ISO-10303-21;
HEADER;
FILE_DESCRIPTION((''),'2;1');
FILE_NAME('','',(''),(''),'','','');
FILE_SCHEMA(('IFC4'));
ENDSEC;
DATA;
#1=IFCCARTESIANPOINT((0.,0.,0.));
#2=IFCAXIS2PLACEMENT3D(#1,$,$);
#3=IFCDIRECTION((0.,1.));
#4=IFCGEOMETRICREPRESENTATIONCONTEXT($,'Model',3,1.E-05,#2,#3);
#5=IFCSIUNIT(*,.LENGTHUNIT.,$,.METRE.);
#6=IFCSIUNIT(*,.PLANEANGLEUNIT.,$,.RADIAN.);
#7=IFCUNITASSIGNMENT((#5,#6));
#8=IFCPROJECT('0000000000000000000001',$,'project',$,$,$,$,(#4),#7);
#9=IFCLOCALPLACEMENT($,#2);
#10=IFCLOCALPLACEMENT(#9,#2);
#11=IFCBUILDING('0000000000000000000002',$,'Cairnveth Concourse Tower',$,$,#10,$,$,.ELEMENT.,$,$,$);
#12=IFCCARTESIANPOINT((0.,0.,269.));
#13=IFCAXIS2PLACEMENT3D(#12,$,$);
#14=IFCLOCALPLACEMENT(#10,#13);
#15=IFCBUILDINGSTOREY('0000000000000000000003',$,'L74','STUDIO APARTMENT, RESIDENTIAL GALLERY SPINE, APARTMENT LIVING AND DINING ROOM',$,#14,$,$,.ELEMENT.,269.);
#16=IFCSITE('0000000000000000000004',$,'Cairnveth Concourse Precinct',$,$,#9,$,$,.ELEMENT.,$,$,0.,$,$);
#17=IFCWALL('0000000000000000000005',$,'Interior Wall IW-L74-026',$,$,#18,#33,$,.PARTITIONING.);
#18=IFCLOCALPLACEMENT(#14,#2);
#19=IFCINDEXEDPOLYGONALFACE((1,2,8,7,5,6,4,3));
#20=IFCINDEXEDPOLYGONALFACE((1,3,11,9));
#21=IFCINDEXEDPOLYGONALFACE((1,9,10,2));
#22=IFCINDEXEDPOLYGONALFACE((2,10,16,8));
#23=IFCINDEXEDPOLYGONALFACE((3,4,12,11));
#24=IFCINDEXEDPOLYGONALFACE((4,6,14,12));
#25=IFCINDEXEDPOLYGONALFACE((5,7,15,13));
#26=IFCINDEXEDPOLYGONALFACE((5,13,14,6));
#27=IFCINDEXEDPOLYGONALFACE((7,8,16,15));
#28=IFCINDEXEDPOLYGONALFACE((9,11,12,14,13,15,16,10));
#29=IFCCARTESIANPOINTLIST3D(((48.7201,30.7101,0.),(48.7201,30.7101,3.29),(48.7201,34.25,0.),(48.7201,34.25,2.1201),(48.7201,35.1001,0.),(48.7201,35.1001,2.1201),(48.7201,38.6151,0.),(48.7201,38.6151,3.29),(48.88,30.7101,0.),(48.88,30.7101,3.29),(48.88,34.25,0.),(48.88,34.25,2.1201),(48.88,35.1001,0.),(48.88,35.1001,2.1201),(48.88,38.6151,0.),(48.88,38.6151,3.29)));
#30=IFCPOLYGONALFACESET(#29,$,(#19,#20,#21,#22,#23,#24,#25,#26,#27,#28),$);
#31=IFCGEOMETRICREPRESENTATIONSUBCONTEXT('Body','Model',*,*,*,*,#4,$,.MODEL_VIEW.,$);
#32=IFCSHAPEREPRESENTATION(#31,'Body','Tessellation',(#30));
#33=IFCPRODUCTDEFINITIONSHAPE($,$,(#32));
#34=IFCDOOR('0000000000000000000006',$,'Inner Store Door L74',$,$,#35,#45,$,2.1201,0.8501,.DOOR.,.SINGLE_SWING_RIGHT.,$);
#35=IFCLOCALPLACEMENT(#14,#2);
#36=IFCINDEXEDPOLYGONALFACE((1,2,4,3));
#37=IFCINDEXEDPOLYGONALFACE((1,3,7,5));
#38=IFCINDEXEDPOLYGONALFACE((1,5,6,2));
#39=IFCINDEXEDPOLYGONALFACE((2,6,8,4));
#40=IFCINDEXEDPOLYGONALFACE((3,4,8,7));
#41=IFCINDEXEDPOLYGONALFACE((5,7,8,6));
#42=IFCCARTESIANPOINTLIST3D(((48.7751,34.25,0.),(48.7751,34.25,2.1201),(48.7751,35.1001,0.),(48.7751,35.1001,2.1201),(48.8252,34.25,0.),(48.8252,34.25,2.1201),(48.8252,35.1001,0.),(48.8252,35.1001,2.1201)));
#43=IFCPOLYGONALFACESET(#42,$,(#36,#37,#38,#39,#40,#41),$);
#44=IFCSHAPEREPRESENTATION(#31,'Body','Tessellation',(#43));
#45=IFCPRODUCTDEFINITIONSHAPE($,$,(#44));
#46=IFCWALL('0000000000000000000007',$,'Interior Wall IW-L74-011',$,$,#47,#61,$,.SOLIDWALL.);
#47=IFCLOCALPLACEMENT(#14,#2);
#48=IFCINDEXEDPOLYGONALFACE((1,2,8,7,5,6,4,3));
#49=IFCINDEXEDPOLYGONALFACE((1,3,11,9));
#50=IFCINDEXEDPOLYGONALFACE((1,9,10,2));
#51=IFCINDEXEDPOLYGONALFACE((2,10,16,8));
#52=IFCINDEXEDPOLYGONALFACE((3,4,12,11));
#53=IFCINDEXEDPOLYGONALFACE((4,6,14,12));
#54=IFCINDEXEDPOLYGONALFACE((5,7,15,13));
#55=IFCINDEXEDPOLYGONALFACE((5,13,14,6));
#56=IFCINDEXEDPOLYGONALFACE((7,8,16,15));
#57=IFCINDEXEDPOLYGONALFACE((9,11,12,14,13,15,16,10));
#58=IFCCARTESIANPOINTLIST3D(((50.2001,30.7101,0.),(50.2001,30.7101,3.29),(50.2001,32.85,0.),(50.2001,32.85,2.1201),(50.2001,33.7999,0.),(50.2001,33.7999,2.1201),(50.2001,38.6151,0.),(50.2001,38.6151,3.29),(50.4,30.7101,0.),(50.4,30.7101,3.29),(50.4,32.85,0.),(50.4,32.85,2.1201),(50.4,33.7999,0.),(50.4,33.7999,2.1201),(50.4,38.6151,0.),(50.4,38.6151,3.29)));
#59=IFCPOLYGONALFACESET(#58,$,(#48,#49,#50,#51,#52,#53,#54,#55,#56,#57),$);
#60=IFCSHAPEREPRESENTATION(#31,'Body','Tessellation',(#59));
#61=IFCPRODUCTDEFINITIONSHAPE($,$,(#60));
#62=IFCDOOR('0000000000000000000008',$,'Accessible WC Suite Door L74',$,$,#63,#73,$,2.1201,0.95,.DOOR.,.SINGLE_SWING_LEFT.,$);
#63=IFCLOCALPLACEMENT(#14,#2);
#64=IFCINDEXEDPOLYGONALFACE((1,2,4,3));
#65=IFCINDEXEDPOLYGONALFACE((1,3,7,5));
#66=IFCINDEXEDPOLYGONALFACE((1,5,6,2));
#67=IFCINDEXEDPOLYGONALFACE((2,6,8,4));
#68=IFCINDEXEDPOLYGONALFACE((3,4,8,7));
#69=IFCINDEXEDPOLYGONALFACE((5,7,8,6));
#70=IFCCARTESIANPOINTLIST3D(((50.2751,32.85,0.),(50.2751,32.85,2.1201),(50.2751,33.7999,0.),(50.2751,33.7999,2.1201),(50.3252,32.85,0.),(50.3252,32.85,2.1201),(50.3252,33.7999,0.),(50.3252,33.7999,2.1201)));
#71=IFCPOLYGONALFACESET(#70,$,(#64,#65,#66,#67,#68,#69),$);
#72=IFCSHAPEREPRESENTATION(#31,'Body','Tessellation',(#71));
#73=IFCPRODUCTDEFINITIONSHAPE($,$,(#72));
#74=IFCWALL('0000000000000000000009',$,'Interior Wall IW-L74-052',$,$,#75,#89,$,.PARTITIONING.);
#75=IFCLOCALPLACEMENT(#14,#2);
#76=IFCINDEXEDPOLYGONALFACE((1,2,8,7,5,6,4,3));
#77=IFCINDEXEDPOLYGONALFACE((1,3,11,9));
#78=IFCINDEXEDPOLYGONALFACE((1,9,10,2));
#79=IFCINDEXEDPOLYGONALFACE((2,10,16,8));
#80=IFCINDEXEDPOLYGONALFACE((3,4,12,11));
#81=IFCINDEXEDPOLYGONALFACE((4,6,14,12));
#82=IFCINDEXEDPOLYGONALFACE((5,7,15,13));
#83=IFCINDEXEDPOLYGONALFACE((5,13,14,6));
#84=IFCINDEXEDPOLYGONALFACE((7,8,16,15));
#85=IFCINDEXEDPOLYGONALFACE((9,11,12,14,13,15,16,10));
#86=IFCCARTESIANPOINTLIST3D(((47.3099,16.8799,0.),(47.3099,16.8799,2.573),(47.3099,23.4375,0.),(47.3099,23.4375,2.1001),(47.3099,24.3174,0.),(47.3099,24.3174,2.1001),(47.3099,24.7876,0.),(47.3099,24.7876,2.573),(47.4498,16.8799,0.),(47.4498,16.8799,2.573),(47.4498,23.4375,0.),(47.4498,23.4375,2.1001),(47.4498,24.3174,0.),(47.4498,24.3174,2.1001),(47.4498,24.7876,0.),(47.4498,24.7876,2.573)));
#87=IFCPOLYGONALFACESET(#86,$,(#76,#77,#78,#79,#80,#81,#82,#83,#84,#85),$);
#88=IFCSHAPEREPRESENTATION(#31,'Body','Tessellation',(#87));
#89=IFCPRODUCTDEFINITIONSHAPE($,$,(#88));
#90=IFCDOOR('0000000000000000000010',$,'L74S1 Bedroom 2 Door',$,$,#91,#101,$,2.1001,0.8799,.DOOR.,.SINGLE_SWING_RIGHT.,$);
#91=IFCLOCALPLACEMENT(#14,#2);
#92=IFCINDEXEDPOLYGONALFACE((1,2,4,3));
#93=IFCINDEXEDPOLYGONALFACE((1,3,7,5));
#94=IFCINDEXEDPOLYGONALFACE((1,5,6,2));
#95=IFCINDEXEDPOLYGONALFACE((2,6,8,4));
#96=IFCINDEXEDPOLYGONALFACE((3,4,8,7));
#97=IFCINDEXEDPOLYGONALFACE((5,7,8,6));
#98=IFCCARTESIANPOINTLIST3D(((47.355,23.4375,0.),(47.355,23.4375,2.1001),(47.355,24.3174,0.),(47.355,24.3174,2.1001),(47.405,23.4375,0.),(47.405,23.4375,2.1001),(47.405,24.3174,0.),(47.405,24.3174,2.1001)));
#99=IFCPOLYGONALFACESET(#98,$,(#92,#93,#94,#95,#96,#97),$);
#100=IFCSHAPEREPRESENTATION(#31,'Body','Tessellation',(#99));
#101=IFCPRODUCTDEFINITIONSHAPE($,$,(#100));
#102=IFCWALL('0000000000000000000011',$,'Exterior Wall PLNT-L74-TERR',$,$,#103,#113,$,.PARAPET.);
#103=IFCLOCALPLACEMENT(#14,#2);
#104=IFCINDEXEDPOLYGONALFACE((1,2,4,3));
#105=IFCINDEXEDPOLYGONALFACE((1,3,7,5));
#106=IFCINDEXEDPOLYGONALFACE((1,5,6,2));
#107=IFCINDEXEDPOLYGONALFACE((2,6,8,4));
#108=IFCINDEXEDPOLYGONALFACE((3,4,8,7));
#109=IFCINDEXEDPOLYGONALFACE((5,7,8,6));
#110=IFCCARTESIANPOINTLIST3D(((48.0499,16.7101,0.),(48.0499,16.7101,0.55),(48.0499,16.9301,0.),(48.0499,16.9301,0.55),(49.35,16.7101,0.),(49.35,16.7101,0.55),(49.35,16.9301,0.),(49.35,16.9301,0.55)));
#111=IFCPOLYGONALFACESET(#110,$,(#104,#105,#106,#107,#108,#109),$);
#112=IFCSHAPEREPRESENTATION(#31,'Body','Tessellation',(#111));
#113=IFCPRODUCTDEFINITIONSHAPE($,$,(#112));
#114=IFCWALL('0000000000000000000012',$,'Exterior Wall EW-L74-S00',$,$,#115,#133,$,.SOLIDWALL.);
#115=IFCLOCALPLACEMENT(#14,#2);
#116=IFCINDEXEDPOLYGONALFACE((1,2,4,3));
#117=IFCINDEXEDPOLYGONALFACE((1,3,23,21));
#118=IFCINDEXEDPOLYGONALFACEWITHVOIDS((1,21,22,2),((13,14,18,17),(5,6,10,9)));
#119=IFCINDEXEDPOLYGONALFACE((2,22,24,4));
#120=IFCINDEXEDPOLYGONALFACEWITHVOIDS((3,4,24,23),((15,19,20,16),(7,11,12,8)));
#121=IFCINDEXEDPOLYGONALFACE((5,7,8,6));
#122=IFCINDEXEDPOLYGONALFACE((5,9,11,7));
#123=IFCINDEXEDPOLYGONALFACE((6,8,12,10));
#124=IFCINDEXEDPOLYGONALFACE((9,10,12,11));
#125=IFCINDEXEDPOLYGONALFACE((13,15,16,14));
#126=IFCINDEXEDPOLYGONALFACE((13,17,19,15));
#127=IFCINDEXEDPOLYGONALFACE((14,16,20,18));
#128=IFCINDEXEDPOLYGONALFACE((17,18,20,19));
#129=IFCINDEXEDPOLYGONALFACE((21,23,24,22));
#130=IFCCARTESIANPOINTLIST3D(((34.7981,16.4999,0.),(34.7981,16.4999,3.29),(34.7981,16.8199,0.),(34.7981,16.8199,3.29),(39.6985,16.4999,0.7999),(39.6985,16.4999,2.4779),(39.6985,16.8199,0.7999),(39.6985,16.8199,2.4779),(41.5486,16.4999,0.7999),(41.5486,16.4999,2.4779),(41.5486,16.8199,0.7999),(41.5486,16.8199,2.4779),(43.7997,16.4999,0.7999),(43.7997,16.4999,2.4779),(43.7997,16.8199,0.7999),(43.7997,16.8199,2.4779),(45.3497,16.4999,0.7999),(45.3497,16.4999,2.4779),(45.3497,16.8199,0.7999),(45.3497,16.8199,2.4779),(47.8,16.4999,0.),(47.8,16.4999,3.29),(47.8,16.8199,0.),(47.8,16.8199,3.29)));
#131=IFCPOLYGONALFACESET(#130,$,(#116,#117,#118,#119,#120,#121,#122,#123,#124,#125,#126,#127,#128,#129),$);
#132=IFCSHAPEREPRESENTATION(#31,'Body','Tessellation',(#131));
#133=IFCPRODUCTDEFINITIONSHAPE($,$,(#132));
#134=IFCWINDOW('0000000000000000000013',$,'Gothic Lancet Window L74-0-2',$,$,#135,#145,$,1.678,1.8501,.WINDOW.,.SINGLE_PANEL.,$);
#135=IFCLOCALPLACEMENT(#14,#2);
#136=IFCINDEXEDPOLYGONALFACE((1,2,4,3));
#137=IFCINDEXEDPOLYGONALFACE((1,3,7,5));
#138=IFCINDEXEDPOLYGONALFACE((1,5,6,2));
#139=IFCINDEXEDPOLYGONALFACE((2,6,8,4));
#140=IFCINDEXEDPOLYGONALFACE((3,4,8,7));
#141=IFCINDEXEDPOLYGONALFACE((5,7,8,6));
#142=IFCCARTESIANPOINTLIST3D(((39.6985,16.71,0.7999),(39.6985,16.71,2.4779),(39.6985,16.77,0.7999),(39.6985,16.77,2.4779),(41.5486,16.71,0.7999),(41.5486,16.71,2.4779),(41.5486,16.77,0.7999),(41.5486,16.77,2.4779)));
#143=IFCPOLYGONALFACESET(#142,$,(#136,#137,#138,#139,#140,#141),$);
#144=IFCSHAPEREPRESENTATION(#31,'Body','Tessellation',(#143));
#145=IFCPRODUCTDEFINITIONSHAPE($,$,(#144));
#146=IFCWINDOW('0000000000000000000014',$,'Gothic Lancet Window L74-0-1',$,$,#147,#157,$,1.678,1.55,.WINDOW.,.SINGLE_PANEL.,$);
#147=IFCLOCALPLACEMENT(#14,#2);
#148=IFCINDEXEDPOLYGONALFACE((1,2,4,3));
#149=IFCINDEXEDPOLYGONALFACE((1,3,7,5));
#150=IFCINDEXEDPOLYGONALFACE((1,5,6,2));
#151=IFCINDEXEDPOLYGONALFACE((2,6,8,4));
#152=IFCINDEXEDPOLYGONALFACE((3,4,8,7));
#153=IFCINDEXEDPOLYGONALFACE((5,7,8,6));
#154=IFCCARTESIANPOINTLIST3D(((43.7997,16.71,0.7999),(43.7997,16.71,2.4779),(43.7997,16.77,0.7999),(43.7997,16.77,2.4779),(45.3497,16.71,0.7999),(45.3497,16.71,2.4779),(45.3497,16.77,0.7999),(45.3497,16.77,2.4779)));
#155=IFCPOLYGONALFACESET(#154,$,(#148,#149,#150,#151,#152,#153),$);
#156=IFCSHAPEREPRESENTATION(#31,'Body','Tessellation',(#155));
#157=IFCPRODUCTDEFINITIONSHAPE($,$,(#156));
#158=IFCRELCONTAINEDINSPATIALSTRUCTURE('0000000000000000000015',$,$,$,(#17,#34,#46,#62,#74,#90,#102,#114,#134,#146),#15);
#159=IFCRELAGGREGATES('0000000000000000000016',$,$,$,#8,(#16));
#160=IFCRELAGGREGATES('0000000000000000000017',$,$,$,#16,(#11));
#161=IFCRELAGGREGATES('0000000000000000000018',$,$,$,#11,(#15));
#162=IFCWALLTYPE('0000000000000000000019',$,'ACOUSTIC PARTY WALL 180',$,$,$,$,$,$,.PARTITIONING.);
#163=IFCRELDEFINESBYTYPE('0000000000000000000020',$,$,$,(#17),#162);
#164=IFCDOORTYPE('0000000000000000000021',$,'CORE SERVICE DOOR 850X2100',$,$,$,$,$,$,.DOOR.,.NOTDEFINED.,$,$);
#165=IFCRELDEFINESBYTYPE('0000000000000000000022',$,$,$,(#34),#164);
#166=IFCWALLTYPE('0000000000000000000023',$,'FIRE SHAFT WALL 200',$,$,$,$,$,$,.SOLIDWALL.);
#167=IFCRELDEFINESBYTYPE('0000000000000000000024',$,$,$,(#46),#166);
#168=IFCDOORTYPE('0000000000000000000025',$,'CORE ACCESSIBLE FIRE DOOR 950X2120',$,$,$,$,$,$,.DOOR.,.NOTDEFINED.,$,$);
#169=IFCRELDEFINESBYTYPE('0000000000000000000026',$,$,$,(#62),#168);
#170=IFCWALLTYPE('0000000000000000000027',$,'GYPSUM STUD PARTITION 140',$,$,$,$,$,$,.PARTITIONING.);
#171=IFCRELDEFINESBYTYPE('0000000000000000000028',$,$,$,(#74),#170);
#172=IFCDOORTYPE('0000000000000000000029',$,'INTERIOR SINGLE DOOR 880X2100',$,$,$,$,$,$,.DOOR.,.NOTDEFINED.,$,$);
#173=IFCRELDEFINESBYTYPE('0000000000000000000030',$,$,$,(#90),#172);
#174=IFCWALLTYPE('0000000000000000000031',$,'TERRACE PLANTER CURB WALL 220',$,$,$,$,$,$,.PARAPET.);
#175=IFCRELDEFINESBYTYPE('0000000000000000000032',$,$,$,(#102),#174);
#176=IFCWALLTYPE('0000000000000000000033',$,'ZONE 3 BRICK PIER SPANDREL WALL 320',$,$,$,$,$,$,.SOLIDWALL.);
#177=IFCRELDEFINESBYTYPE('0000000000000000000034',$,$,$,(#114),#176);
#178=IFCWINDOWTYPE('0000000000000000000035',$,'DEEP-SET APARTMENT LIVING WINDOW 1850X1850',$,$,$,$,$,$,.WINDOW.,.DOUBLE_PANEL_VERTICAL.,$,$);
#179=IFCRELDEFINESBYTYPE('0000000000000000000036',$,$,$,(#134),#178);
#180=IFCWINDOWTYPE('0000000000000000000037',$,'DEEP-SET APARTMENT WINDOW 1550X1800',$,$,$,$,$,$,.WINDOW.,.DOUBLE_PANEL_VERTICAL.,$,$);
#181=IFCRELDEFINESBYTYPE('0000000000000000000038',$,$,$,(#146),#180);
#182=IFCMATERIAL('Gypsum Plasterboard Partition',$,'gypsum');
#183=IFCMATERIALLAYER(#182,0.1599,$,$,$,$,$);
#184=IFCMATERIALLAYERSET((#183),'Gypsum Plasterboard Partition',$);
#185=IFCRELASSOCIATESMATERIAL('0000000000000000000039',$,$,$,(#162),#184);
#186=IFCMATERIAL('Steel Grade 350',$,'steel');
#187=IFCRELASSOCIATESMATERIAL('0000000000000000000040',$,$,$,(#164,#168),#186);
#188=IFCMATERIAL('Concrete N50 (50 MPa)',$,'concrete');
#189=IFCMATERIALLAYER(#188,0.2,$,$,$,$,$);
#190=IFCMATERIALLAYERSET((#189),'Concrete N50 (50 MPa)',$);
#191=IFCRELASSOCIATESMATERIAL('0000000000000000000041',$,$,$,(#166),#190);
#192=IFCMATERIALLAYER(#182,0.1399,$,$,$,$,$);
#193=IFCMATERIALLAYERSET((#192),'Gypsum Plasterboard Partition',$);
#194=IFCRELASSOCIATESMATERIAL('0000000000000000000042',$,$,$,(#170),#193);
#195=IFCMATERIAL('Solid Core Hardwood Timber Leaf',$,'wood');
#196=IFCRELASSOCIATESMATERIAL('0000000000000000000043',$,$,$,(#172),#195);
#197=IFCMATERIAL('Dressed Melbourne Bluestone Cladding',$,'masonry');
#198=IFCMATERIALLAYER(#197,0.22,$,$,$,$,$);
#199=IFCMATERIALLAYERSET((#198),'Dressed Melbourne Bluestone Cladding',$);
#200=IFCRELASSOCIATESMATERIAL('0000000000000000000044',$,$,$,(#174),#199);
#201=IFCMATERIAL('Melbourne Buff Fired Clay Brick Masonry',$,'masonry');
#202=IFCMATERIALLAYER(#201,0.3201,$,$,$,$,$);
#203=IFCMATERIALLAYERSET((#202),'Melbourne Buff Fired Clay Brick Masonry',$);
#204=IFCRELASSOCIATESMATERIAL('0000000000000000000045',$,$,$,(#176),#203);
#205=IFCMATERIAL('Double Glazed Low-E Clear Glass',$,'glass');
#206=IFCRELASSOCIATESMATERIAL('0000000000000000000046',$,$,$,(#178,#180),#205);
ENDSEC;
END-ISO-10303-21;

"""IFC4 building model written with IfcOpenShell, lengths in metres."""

from ifc_helpers import new_model, si_unit, direction, frame, frame_2d, origin, place, context, subcontext, project, spatial, rectangle, extrude, material, layer, layer_set, type_object, element, fill, save


model = new_model("IFC4")

# Units and contexts
model_context = context("Model", 3, precision=1e-05, world=origin(), true_north=direction((0.0, 1.0)))
body_context = subcontext(model_context, "Body", "Model", "MODEL_VIEW")
ifc_project = project(units=[si_unit("LENGTHUNIT", "METRE"), si_unit("PLANEANGLEUNIT", "RADIAN")], contexts=[model_context])

# Site, building, storey
site_placement = place(None, origin())
site = spatial("IfcSite", under=ifc_project, at=site_placement, Name="Cairnveth Concourse Precinct", CompositionType="ELEMENT", RefElevation=0.0)
building_placement = place(site_placement, origin())
building = spatial("IfcBuilding", under=site, at=building_placement, Name="Cairnveth Concourse Tower", CompositionType="ELEMENT")
storey_placement = place(building_placement, frame((0.0, 0.0, 269.0)))
storey = spatial("IfcBuildingStorey", under=building, at=storey_placement, Name="L74", Description="STUDIO APARTMENT, RESIDENTIAL GALLERY SPINE, APARTMENT LIVING AND DINING ROOM", CompositionType="ELEMENT", Elevation=269.0)

# Shared definitions
ifc_material_1 = material(Name="Steel Grade 350", Category="steel")

# Shared definitions
ifc_material_2 = material(Name="Gypsum Plasterboard Partition", Category="gypsum")
ifc_layer_1 = layer(ifc_material_2, 0.1599)
ifc_layer_set_1 = layer_set([ifc_layer_1], Name="Gypsum Plasterboard Partition")
wall_type_1 = type_object("IfcWallType", Name="ACOUSTIC PARTY WALL 180", PredefinedType="PARTITIONING", material=ifc_layer_set_1)

# Walls, openings, doors
wall_1_placement = place(storey_placement, frame((48.8, 30.71, 0.0), z_axis=(0.0, 0.0, 1.0), x_axis=(0.0, 1.0, 0.0)))
wall_1 = element("IfcWall", 1, at=wall_1_placement, inside=storey, type_object=wall_type_1, Name="Interior Wall IW-L74-026", PredefinedType="PARTITIONING", context=body_context, shape_type="SweptSolid", body=[
    extrude(rectangle(XDim=7.905, YDim=0.1599, at=frame_2d((3.9526, 0.0))), origin(), (0.0, 0.0, 1.0), 3.29),
])
opening_1_placement = place(wall_1_placement, frame((3.54, 0.0, 0.0)))
opening_1 = element("IfcOpeningElement", 2, at=opening_1_placement, cuts=wall_1, PredefinedType="OPENING", context=body_context, shape_type="SweptSolid", body=[
    extrude(rectangle(XDim=0.8501, YDim=2.1201, at=frame_2d((0.425, 1.0601))), frame((0.0, 0.0898, 0.0), z_axis=(0.0, -1.0, 0.0), x_axis=(1.0, 0.0, 0.0)), (0.0, 0.0, 1.0), 0.1799),
])
door_type_1 = type_object("IfcDoorType", Name="CORE SERVICE DOOR 850X2100", OperationType="NOTDEFINED", PredefinedType="DOOR", material=ifc_material_1)
door_1_placement = place(opening_1_placement, origin())
door_1 = element("IfcDoor", 3, at=door_1_placement, inside=storey, type_object=door_type_1, Name="Inner Store Door L74", OperationType="SINGLE_SWING_RIGHT", OverallHeight=2.1201, OverallWidth=0.8501, PredefinedType="DOOR", context=body_context, shape_type="SweptSolid", body=[
    extrude(rectangle(XDim=0.8501, YDim=2.1201, at=frame_2d((0.425, 1.0601))), frame((0.0, 0.0249, 0.0), z_axis=(0.0, -1.0, 0.0), x_axis=(1.0, 0.0, 0.0)), (0.0, 0.0, 1.0), 0.05),
])
fill(opening_1, door_1)
ifc_material_3 = material(Name="Concrete N50 (50 MPa)", Category="concrete")
ifc_layer_2 = layer(ifc_material_3, 0.2)
ifc_layer_set_2 = layer_set([ifc_layer_2], Name="Concrete N50 (50 MPa)")
wall_type_2 = type_object("IfcWallType", Name="FIRE SHAFT WALL 200", PredefinedType="SOLIDWALL", material=ifc_layer_set_2)
wall_2_placement = place(storey_placement, frame((50.3, 30.71, 0.0), z_axis=(0.0, 0.0, 1.0), x_axis=(0.0, 1.0, 0.0)))
wall_2 = element("IfcWall", 4, at=wall_2_placement, inside=storey, type_object=wall_type_2, Name="Interior Wall IW-L74-011", PredefinedType="SOLIDWALL", context=body_context, shape_type="SweptSolid", body=[
    extrude(rectangle(XDim=7.905, YDim=0.2, at=frame_2d((3.9526, 0.0))), origin(), (0.0, 0.0, 1.0), 3.29),
])
opening_2_placement = place(wall_2_placement, frame((2.1399, 0.0, 0.0)))
opening_2 = element("IfcOpeningElement", 5, at=opening_2_placement, cuts=wall_2, PredefinedType="OPENING", context=body_context, shape_type="SweptSolid", body=[
    extrude(rectangle(XDim=0.95, YDim=2.1201, at=frame_2d((0.4751, 1.0601))), frame((0.0, 0.1099, 0.0), z_axis=(0.0, -1.0, 0.0), x_axis=(1.0, 0.0, 0.0)), (0.0, 0.0, 1.0), 0.22),
])
door_type_2 = type_object("IfcDoorType", Name="CORE ACCESSIBLE FIRE DOOR 950X2120", OperationType="NOTDEFINED", PredefinedType="DOOR", material=ifc_material_1)
door_2_placement = place(opening_2_placement, origin())
door_2 = element("IfcDoor", 6, at=door_2_placement, inside=storey, type_object=door_type_2, Name="Accessible WC Suite Door L74", OperationType="SINGLE_SWING_LEFT", OverallHeight=2.1201, OverallWidth=0.95, PredefinedType="DOOR", context=body_context, shape_type="SweptSolid", body=[
    extrude(rectangle(XDim=0.95, YDim=2.1201, at=frame_2d((0.4751, 1.0601))), frame((0.0, 0.0249, 0.0), z_axis=(0.0, -1.0, 0.0), x_axis=(1.0, 0.0, 0.0)), (0.0, 0.0, 1.0), 0.05),
])
fill(opening_2, door_2)
ifc_layer_3 = layer(ifc_material_2, 0.1399)
ifc_layer_set_3 = layer_set([ifc_layer_3], Name="Gypsum Plasterboard Partition")
wall_type_3 = type_object("IfcWallType", Name="GYPSUM STUD PARTITION 140", PredefinedType="PARTITIONING", material=ifc_layer_set_3)
wall_3_placement = place(storey_placement, frame((47.3799, 16.8799, 0.0), z_axis=(0.0, 0.0, 1.0), x_axis=(0.0, 1.0, 0.0)))
wall_3 = element("IfcWall", 7, at=wall_3_placement, inside=storey, type_object=wall_type_3, Name="Interior Wall IW-L74-052", PredefinedType="PARTITIONING", context=body_context, shape_type="SweptSolid", body=[
    extrude(rectangle(XDim=7.9077, YDim=0.1399, at=frame_2d((3.9539, 0.0))), origin(), (0.0, 0.0, 1.0), 2.573),
])
opening_3_placement = place(wall_3_placement, frame((6.5576, 0.0, 0.0)))
opening_3 = element("IfcOpeningElement", 8, at=opening_3_placement, cuts=wall_3, PredefinedType="OPENING", context=body_context, shape_type="SweptSolid", body=[
    extrude(rectangle(XDim=0.8799, YDim=2.1001, at=frame_2d((0.4399, 1.05))), frame((0.0, 0.0798, 0.0), z_axis=(0.0, -1.0, 0.0), x_axis=(1.0, 0.0, 0.0)), (0.0, 0.0, 1.0), 0.1599),
])
ifc_material_4 = material(Name="Solid Core Hardwood Timber Leaf", Category="wood")
door_type_3 = type_object("IfcDoorType", Name="INTERIOR SINGLE DOOR 880X2100", OperationType="NOTDEFINED", PredefinedType="DOOR", material=ifc_material_4)
door_3_placement = place(opening_3_placement, origin())
door_3 = element("IfcDoor", 9, at=door_3_placement, inside=storey, type_object=door_type_3, Name="L74S1 Bedroom 2 Door", OperationType="SINGLE_SWING_RIGHT", OverallHeight=2.1001, OverallWidth=0.8799, PredefinedType="DOOR", context=body_context, shape_type="SweptSolid", body=[
    extrude(rectangle(XDim=0.8799, YDim=2.1001, at=frame_2d((0.4399, 1.05))), frame((0.0, 0.0249, 0.0), z_axis=(0.0, -1.0, 0.0), x_axis=(1.0, 0.0, 0.0)), (0.0, 0.0, 1.0), 0.05),
])
fill(opening_3, door_3)

# Wall
ifc_material_5 = material(Name="Dressed Melbourne Bluestone Cladding", Category="masonry")
ifc_layer_4 = layer(ifc_material_5, 0.22)
ifc_layer_set_4 = layer_set([ifc_layer_4], Name="Dressed Melbourne Bluestone Cladding")
wall_type_4 = type_object("IfcWallType", Name="TERRACE PLANTER CURB WALL 220", PredefinedType="PARAPET", material=ifc_layer_set_4)
wall_4_placement = place(storey_placement, frame((48.05, 16.8201, 0.0), z_axis=(0.0, 0.0, 1.0), x_axis=(1.0, 0.0, 0.0)))
element("IfcWall", 10, at=wall_4_placement, inside=storey, type_object=wall_type_4, Name="Exterior Wall PLNT-L74-TERR", PredefinedType="PARAPET", context=body_context, shape_type="SweptSolid", body=[
    extrude(rectangle(XDim=1.3, YDim=0.22, at=frame_2d((0.6499, 0.0))), origin(), (0.0, 0.0, 1.0), 0.55),
])

# Wall, openings, windows
ifc_material_6 = material(Name="Melbourne Buff Fired Clay Brick Masonry", Category="masonry")
ifc_layer_5 = layer(ifc_material_6, 0.3201)
ifc_layer_set_5 = layer_set([ifc_layer_5], Name="Melbourne Buff Fired Clay Brick Masonry")
wall_type_5 = type_object("IfcWallType", Name="ZONE 3 BRICK PIER SPANDREL WALL 320", PredefinedType="SOLIDWALL", material=ifc_layer_set_5)
wall_5_placement = place(storey_placement, frame((47.8, 16.6599, 0.0), z_axis=(0.0, 0.0, 1.0), x_axis=(-1.0, 0.0, 0.0)))
wall_5 = element("IfcWall", 11, at=wall_5_placement, inside=storey, type_object=wall_type_5, Name="Exterior Wall EW-L74-S00", PredefinedType="SOLIDWALL", context=body_context, shape_type="SweptSolid", body=[
    extrude(rectangle(XDim=13.002, YDim=0.3201, at=frame_2d((6.501, 0.0))), origin(), (0.0, 0.0, 1.0), 3.29),
])
opening_4_placement = place(wall_5_placement, frame((2.4504, 0.0, 0.8)))
opening_4 = element("IfcOpeningElement", 12, at=opening_4_placement, cuts=wall_5, PredefinedType="OPENING", context=body_context, shape_type="SweptSolid", body=[
    extrude(rectangle(XDim=1.55, YDim=1.678, at=frame_2d((0.7749, 0.8389))), frame((0.0, 0.1699, 0.0), z_axis=(0.0, -1.0, 0.0), x_axis=(1.0, 0.0, 0.0)), (0.0, 0.0, 1.0), 0.3401),
])
opening_5_placement = place(wall_5_placement, frame((6.2515, 0.0, 0.8)))
opening_5 = element("IfcOpeningElement", 13, at=opening_5_placement, cuts=wall_5, PredefinedType="OPENING", context=body_context, shape_type="SweptSolid", body=[
    extrude(rectangle(XDim=1.8501, YDim=1.678, at=frame_2d((0.925, 0.8389))), frame((0.0, 0.1699, 0.0), z_axis=(0.0, -1.0, 0.0), x_axis=(1.0, 0.0, 0.0)), (0.0, 0.0, 1.0), 0.3401),
])
ifc_material_7 = material(Name="Double Glazed Low-E Clear Glass", Category="glass")
window_type_1 = type_object("IfcWindowType", Name="DEEP-SET APARTMENT LIVING WINDOW 1850X1850", PartitioningType="DOUBLE_PANEL_VERTICAL", PredefinedType="WINDOW", material=ifc_material_7)
window_1_placement = place(opening_5_placement, origin())
window_1 = element("IfcWindow", 14, at=window_1_placement, inside=storey, type_object=window_type_1, Name="Gothic Lancet Window L74-0-2", OverallHeight=1.678, OverallWidth=1.8501, PartitioningType="SINGLE_PANEL", PredefinedType="WINDOW", context=body_context, shape_type="SweptSolid", body=[
    extrude(rectangle(XDim=1.8501, YDim=1.678, at=frame_2d((0.925, 0.8389))), frame((0.0, -0.05, 0.0), z_axis=(0.0, -1.0, 0.0), x_axis=(1.0, 0.0, 0.0)), (0.0, 0.0, 1.0), 0.0601),
])
fill(opening_5, window_1)
window_type_2 = type_object("IfcWindowType", Name="DEEP-SET APARTMENT WINDOW 1550X1800", PartitioningType="DOUBLE_PANEL_VERTICAL", PredefinedType="WINDOW", material=ifc_material_7)
window_2_placement = place(opening_4_placement, origin())
window_2 = element("IfcWindow", 15, at=window_2_placement, inside=storey, type_object=window_type_2, Name="Gothic Lancet Window L74-0-1", OverallHeight=1.678, OverallWidth=1.55, PartitioningType="SINGLE_PANEL", PredefinedType="WINDOW", context=body_context, shape_type="SweptSolid", body=[
    extrude(rectangle(XDim=1.55, YDim=1.678, at=frame_2d((0.7749, 0.8389))), frame((0.0, -0.05, 0.0), z_axis=(0.0, -1.0, 0.0), x_axis=(1.0, 0.0, 0.0)), (0.0, 0.0, 1.0), 0.0601),
])
fill(opening_4, window_2)

save(model, "model.ifc")
